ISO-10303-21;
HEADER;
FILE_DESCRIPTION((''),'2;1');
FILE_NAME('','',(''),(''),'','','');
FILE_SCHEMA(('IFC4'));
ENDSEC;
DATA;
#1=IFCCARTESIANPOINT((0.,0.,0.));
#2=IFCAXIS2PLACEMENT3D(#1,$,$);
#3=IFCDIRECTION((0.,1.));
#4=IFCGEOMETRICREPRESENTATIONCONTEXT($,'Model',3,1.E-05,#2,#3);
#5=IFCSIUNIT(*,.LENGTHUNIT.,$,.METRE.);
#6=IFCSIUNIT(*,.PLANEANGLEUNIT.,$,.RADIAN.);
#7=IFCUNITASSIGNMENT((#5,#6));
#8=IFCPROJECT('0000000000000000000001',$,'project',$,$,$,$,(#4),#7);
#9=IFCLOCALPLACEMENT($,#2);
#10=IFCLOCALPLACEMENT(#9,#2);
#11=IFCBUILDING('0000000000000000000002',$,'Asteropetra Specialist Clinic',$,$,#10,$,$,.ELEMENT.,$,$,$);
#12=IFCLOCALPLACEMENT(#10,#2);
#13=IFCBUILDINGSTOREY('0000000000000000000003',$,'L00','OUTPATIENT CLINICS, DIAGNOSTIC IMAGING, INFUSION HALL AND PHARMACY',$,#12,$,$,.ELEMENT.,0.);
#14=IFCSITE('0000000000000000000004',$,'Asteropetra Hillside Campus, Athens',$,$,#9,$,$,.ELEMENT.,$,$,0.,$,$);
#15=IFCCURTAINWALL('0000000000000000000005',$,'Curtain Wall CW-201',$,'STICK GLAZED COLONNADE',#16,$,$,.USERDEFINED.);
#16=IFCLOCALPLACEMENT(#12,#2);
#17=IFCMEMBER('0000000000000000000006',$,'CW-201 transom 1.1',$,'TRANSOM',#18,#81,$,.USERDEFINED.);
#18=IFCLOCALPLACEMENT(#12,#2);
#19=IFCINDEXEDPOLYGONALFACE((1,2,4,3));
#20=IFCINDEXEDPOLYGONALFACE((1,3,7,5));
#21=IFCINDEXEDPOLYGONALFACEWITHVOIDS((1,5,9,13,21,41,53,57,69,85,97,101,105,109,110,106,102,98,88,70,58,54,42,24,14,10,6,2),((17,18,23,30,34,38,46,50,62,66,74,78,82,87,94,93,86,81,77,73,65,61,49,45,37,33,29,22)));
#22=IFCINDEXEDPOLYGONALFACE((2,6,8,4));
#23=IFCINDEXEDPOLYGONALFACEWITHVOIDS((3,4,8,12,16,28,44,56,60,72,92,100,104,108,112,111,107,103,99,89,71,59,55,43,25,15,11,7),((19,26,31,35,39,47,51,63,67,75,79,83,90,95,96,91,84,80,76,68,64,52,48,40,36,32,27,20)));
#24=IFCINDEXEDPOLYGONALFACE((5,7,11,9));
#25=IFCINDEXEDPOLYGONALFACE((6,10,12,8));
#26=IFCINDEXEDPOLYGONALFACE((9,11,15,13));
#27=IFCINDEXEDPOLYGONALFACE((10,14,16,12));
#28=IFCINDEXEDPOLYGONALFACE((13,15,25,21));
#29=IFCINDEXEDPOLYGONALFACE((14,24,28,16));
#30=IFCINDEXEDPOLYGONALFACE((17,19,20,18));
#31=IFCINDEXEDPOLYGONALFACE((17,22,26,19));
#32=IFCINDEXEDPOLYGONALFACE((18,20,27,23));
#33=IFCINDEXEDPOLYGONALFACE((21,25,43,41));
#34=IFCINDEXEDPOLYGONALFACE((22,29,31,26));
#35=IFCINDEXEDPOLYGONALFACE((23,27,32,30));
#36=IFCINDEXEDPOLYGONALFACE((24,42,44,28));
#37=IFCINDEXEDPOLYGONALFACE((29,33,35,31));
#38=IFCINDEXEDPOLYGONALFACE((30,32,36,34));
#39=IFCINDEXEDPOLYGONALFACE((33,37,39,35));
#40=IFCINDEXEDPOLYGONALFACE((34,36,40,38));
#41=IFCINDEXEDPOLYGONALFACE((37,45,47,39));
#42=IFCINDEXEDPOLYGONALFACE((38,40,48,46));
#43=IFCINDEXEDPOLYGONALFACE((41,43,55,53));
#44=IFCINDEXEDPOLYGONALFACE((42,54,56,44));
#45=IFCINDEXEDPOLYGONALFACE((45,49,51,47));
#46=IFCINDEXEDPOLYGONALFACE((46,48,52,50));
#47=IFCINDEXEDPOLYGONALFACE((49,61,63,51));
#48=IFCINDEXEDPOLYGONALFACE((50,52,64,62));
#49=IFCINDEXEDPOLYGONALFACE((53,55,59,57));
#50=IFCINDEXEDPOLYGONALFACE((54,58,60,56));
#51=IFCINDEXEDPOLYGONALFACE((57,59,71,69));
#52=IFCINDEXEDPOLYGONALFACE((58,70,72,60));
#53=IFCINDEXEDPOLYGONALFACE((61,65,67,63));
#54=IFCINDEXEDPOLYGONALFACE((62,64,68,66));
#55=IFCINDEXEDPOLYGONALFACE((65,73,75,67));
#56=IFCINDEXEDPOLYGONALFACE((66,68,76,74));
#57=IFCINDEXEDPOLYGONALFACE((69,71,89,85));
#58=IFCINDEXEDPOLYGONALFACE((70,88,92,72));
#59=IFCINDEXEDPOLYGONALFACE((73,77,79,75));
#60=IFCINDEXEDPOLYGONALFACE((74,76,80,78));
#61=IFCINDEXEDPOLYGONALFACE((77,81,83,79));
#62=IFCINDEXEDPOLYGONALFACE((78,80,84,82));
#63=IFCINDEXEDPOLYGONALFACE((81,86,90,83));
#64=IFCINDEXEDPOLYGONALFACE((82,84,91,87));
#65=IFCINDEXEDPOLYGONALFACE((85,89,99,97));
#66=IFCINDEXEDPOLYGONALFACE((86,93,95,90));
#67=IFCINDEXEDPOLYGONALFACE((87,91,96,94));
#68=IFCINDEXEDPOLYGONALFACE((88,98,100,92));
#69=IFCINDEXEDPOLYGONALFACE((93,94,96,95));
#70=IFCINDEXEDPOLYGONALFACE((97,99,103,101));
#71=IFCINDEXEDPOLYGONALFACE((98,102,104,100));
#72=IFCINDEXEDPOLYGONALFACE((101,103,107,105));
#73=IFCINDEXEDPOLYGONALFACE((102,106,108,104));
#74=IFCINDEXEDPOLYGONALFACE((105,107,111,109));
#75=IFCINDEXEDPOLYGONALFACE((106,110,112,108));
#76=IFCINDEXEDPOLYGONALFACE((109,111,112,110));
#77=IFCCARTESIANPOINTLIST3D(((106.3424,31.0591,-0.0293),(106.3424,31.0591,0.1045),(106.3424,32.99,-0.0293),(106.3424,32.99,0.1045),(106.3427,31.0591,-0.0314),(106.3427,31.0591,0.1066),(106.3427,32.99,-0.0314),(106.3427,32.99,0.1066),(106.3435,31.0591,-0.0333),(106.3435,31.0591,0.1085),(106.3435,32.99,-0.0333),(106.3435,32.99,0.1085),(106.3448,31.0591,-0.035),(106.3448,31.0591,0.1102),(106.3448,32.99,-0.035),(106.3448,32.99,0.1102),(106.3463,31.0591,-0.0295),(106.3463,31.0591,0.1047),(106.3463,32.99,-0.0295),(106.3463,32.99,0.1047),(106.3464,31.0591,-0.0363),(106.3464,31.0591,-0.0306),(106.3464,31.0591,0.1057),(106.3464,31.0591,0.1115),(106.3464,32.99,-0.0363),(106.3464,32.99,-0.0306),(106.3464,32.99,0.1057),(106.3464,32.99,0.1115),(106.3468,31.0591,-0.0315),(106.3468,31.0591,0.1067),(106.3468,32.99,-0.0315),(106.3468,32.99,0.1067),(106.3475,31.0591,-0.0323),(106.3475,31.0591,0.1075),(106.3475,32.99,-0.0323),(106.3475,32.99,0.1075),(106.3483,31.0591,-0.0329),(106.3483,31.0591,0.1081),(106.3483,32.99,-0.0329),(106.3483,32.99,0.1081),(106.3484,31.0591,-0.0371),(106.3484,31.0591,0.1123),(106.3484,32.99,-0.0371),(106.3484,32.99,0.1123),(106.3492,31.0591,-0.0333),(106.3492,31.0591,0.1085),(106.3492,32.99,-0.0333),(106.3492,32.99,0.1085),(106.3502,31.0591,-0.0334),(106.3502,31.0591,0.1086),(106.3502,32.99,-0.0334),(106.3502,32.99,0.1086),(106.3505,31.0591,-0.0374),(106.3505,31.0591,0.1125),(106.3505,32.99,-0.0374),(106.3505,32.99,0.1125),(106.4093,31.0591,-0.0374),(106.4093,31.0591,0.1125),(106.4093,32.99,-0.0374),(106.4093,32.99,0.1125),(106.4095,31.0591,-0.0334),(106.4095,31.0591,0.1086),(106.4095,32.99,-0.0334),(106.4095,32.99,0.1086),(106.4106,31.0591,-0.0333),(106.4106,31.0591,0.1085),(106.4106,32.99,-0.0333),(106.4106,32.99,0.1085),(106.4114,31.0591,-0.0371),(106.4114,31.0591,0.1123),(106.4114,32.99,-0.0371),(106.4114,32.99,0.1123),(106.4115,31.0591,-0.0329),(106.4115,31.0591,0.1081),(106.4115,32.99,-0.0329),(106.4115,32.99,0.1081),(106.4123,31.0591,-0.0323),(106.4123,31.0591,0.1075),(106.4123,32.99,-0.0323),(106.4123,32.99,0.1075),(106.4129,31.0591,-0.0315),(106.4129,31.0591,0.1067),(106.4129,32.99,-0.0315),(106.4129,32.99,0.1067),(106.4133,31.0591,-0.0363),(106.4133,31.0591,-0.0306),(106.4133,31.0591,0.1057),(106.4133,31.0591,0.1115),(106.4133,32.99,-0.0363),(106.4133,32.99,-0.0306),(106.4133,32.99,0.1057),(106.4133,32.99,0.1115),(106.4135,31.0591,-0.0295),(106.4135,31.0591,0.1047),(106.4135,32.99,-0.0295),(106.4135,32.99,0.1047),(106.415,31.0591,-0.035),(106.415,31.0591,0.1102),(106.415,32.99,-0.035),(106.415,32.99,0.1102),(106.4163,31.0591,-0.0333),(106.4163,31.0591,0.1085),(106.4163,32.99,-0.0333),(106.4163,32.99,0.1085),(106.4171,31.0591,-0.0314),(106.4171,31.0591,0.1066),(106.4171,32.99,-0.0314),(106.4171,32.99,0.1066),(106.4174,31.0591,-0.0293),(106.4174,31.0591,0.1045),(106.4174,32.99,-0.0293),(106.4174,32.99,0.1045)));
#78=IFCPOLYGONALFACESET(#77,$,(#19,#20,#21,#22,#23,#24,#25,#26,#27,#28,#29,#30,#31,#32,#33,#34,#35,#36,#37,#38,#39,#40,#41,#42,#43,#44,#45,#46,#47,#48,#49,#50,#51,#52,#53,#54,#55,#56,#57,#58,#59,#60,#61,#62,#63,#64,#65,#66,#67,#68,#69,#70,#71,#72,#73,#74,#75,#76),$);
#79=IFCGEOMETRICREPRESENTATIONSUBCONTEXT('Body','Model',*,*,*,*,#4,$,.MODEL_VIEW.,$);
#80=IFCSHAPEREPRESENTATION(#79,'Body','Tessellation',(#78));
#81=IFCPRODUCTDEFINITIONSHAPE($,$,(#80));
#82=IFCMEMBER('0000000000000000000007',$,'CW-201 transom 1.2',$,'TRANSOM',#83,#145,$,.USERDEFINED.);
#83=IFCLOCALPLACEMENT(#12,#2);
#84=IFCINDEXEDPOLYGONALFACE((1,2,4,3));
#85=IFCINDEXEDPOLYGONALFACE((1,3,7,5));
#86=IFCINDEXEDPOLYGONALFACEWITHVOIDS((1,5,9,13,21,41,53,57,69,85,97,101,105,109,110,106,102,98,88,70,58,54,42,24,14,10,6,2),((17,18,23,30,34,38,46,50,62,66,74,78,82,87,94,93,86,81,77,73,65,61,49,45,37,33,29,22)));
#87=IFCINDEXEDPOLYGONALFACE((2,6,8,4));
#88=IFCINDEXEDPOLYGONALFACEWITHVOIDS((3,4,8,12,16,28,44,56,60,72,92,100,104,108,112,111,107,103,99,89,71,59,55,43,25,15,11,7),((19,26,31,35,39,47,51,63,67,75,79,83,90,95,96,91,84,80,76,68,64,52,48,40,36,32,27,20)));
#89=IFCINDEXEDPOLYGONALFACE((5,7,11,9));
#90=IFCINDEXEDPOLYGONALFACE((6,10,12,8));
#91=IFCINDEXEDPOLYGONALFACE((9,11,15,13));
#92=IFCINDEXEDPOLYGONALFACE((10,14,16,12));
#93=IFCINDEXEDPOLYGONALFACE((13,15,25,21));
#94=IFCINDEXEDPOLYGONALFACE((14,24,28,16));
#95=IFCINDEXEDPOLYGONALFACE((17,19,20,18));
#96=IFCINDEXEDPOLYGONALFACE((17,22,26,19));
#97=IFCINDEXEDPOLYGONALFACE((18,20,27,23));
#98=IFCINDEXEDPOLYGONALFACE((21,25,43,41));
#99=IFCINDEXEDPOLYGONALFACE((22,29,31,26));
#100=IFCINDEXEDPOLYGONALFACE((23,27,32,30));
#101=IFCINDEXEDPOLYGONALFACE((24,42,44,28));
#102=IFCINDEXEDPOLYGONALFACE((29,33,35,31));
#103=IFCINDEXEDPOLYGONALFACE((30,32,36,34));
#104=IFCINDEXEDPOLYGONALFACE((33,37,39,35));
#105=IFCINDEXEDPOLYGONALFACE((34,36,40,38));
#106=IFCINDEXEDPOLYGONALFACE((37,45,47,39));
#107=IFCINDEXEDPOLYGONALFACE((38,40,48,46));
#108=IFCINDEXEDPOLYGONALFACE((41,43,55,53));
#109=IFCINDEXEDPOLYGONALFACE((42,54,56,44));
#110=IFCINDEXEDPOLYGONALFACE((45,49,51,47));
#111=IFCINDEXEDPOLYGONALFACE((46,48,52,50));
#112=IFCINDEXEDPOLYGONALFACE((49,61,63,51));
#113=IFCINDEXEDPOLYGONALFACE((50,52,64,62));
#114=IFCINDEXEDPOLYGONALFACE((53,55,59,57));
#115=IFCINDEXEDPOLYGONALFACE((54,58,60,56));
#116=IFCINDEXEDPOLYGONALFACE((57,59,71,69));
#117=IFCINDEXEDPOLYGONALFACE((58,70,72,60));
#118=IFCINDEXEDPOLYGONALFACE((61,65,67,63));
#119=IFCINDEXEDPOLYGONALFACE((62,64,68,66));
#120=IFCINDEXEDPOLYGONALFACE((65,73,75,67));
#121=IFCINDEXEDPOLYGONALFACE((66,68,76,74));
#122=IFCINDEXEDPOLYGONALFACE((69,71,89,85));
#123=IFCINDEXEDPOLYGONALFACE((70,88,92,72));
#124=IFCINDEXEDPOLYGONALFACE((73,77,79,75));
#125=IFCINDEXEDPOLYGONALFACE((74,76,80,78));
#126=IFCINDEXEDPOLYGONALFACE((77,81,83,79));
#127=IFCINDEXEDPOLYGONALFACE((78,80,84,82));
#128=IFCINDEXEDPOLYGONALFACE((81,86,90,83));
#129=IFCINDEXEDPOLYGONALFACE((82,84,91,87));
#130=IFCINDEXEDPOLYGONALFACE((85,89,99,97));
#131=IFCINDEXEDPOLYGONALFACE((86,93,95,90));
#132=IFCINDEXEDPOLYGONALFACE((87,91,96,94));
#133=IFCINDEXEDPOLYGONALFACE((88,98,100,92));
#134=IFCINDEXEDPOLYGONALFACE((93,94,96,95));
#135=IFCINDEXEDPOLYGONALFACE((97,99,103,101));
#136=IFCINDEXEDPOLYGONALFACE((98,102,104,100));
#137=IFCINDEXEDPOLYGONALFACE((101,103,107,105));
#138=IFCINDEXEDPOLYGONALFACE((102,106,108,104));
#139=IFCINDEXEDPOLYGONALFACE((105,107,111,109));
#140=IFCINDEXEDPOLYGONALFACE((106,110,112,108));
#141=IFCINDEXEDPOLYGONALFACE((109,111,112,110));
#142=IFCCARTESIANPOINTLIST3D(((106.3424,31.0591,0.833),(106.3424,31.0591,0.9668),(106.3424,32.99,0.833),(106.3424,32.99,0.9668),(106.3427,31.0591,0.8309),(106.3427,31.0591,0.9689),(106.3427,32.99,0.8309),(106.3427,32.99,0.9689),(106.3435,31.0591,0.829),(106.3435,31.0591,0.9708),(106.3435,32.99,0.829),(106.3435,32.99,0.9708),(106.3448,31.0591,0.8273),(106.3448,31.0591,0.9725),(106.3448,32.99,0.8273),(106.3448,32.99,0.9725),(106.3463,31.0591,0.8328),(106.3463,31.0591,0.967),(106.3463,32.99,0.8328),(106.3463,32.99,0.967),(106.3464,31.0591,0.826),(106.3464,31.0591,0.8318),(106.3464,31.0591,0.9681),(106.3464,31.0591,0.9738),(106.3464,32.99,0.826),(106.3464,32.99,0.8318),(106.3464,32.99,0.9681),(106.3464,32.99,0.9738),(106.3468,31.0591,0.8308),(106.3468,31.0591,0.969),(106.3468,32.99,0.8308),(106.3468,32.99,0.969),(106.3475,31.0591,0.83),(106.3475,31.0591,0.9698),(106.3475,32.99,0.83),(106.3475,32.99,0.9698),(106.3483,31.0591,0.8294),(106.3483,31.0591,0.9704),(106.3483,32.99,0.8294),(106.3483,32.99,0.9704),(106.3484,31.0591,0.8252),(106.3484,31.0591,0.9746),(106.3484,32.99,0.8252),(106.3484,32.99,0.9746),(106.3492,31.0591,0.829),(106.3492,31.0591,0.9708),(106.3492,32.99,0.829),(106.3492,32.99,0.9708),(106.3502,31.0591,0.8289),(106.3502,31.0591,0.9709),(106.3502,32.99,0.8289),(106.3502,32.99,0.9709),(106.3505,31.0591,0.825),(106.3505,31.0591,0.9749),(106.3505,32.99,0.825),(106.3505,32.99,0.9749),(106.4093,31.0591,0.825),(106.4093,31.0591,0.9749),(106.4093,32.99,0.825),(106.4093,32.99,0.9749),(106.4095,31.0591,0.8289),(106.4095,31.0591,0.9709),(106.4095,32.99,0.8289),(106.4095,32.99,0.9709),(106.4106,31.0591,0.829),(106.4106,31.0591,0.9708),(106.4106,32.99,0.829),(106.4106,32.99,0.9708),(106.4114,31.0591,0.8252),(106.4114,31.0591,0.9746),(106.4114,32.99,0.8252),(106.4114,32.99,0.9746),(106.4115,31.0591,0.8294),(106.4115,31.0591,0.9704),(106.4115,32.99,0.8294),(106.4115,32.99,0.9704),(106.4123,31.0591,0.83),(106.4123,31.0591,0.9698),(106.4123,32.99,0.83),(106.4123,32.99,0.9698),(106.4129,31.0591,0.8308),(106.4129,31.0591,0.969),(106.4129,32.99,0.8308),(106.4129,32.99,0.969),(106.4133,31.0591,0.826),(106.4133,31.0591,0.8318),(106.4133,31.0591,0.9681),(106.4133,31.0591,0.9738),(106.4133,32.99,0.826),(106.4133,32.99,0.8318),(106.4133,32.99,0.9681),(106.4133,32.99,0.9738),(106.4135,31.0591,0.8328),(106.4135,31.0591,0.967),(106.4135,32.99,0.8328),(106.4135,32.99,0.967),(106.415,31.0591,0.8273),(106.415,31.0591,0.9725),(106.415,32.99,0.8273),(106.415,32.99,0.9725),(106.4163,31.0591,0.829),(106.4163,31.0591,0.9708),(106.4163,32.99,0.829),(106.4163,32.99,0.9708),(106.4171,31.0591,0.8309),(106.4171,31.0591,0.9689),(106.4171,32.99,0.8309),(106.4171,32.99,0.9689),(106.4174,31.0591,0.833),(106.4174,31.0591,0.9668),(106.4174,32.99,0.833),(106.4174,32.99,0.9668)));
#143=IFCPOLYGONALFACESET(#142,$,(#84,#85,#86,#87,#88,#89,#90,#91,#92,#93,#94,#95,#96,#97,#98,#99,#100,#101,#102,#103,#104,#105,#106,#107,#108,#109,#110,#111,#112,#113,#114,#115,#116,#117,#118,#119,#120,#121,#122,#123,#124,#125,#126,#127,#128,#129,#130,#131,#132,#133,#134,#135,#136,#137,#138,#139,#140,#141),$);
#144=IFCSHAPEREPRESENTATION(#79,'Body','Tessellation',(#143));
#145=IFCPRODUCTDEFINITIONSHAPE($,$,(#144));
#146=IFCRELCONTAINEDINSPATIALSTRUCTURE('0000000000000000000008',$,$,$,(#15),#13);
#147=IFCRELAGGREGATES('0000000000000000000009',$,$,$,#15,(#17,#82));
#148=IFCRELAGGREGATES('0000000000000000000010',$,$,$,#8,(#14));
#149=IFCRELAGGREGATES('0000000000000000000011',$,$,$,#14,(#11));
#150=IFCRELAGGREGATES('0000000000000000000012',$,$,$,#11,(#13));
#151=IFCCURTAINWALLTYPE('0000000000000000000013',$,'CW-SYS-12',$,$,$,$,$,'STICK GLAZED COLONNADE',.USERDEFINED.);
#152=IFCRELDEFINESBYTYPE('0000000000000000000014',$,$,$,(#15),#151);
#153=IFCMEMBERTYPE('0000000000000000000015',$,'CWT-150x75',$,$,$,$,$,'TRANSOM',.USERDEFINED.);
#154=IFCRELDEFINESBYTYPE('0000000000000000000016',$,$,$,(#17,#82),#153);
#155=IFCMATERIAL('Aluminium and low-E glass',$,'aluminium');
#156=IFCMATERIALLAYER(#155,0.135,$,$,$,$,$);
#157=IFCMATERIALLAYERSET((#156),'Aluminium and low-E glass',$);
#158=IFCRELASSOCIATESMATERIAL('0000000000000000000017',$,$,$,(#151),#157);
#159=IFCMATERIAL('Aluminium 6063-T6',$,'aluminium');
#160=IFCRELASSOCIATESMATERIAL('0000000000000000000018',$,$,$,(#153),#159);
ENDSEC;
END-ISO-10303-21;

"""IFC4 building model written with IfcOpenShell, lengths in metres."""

from ifc_helpers import new_model, si_unit, direction, frame, origin, origin_2d, place, context, subcontext, project, spatial, hollow_rectangle, extrude, material, layer, layer_set, material_profile, profile_set, type_object, element, aggregate, save


model = new_model("IFC4")

# Units and contexts
model_context = context("Model", 3, precision=1e-05, world=origin(), true_north=direction((0.0, 1.0)))
body_context = subcontext(model_context, "Body", "Model", "MODEL_VIEW")
ifc_project = project(units=[si_unit("LENGTHUNIT", "METRE"), si_unit("PLANEANGLEUNIT", "RADIAN")], contexts=[model_context])

# Site, building, storey
site_placement = place(None, origin())
site = spatial("IfcSite", under=ifc_project, at=site_placement, Name="Asteropetra Hillside Campus, Athens", CompositionType="ELEMENT", RefElevation=0.0)
building_placement = place(site_placement, origin())
building = spatial("IfcBuilding", under=site, at=building_placement, Name="Asteropetra Specialist Clinic", CompositionType="ELEMENT")
storey_placement = place(building_placement, origin())
storey = spatial("IfcBuildingStorey", under=building, at=storey_placement, Name="L00", Description="OUTPATIENT CLINICS, DIAGNOSTIC IMAGING, INFUSION HALL AND PHARMACY", CompositionType="ELEMENT", Elevation=0.0)

# Curtain wall
ifc_material_1 = material(Name="Aluminium and low-E glass", Category="aluminium")
ifc_layer_1 = layer(ifc_material_1, 0.135)
ifc_layer_set_1 = layer_set([ifc_layer_1], Name="Aluminium and low-E glass")
curtain_wall_type_1 = type_object("IfcCurtainWallType", Name="CW-SYS-12", ElementType="STICK GLAZED COLONNADE", PredefinedType="USERDEFINED", material=ifc_layer_set_1)
curtain_wall_1_placement = place(storey_placement, origin())
curtain_wall_1 = element("IfcCurtainWall", 1, at=curtain_wall_1_placement, inside=storey, type_object=curtain_wall_type_1, Name="Curtain Wall CW-201", ObjectType="STICK GLAZED COLONNADE", PredefinedType="USERDEFINED")

# Members
ifc_material_2 = material(Name="Aluminium 6063-T6", Category="aluminium")
ifc_material_profile_1 = material_profile(ifc_material_2, hollow_rectangle(XDim=0.075, YDim=0.1499, WallThickness=0.0039, InnerFilletRadius=0.0039, OuterFilletRadius=0.0081, at=origin_2d()), Name="TRN 150x75x4.0")
ifc_profile_set_1 = profile_set([ifc_material_profile_1], Name="Aluminium 6063-T6")
member_type_1 = type_object("IfcMemberType", Name="CWT-150x75", ElementType="TRANSOM", PredefinedType="USERDEFINED", material=ifc_profile_set_1)
member_1_placement = place(storey_placement, frame((106.3799, 32.99, 0.0376), z_axis=(0.0, -1.0, 0.0), x_axis=(1.0, 0.0, 0.0)))
member_1 = element("IfcMember", 2, at=member_1_placement, type_object=member_type_1, Name="CW-201 transom 1.1", ObjectType="TRANSOM", PredefinedType="USERDEFINED", context=body_context, shape_type="SweptSolid", body=[
    extrude(hollow_rectangle(XDim=0.075, YDim=0.1499, WallThickness=0.0039, InnerFilletRadius=0.0039, OuterFilletRadius=0.0081, at=origin_2d()), origin(), (0.0, 0.0, 1.0), 1.9309),
])
member_2_placement = place(storey_placement, frame((106.3799, 32.99, 0.8999), z_axis=(0.0, -1.0, 0.0), x_axis=(1.0, 0.0, 0.0)))
member_2 = element("IfcMember", 3, at=member_2_placement, type_object=member_type_1, Name="CW-201 transom 1.2", ObjectType="TRANSOM", PredefinedType="USERDEFINED", context=body_context, shape_type="SweptSolid", body=[
    extrude(hollow_rectangle(XDim=0.075, YDim=0.1499, WallThickness=0.0039, InnerFilletRadius=0.0039, OuterFilletRadius=0.0081, at=origin_2d()), origin(), (0.0, 0.0, 1.0), 1.9309),
])

aggregate(curtain_wall_1, [member_1, member_2])

save(model, "model.ifc")
